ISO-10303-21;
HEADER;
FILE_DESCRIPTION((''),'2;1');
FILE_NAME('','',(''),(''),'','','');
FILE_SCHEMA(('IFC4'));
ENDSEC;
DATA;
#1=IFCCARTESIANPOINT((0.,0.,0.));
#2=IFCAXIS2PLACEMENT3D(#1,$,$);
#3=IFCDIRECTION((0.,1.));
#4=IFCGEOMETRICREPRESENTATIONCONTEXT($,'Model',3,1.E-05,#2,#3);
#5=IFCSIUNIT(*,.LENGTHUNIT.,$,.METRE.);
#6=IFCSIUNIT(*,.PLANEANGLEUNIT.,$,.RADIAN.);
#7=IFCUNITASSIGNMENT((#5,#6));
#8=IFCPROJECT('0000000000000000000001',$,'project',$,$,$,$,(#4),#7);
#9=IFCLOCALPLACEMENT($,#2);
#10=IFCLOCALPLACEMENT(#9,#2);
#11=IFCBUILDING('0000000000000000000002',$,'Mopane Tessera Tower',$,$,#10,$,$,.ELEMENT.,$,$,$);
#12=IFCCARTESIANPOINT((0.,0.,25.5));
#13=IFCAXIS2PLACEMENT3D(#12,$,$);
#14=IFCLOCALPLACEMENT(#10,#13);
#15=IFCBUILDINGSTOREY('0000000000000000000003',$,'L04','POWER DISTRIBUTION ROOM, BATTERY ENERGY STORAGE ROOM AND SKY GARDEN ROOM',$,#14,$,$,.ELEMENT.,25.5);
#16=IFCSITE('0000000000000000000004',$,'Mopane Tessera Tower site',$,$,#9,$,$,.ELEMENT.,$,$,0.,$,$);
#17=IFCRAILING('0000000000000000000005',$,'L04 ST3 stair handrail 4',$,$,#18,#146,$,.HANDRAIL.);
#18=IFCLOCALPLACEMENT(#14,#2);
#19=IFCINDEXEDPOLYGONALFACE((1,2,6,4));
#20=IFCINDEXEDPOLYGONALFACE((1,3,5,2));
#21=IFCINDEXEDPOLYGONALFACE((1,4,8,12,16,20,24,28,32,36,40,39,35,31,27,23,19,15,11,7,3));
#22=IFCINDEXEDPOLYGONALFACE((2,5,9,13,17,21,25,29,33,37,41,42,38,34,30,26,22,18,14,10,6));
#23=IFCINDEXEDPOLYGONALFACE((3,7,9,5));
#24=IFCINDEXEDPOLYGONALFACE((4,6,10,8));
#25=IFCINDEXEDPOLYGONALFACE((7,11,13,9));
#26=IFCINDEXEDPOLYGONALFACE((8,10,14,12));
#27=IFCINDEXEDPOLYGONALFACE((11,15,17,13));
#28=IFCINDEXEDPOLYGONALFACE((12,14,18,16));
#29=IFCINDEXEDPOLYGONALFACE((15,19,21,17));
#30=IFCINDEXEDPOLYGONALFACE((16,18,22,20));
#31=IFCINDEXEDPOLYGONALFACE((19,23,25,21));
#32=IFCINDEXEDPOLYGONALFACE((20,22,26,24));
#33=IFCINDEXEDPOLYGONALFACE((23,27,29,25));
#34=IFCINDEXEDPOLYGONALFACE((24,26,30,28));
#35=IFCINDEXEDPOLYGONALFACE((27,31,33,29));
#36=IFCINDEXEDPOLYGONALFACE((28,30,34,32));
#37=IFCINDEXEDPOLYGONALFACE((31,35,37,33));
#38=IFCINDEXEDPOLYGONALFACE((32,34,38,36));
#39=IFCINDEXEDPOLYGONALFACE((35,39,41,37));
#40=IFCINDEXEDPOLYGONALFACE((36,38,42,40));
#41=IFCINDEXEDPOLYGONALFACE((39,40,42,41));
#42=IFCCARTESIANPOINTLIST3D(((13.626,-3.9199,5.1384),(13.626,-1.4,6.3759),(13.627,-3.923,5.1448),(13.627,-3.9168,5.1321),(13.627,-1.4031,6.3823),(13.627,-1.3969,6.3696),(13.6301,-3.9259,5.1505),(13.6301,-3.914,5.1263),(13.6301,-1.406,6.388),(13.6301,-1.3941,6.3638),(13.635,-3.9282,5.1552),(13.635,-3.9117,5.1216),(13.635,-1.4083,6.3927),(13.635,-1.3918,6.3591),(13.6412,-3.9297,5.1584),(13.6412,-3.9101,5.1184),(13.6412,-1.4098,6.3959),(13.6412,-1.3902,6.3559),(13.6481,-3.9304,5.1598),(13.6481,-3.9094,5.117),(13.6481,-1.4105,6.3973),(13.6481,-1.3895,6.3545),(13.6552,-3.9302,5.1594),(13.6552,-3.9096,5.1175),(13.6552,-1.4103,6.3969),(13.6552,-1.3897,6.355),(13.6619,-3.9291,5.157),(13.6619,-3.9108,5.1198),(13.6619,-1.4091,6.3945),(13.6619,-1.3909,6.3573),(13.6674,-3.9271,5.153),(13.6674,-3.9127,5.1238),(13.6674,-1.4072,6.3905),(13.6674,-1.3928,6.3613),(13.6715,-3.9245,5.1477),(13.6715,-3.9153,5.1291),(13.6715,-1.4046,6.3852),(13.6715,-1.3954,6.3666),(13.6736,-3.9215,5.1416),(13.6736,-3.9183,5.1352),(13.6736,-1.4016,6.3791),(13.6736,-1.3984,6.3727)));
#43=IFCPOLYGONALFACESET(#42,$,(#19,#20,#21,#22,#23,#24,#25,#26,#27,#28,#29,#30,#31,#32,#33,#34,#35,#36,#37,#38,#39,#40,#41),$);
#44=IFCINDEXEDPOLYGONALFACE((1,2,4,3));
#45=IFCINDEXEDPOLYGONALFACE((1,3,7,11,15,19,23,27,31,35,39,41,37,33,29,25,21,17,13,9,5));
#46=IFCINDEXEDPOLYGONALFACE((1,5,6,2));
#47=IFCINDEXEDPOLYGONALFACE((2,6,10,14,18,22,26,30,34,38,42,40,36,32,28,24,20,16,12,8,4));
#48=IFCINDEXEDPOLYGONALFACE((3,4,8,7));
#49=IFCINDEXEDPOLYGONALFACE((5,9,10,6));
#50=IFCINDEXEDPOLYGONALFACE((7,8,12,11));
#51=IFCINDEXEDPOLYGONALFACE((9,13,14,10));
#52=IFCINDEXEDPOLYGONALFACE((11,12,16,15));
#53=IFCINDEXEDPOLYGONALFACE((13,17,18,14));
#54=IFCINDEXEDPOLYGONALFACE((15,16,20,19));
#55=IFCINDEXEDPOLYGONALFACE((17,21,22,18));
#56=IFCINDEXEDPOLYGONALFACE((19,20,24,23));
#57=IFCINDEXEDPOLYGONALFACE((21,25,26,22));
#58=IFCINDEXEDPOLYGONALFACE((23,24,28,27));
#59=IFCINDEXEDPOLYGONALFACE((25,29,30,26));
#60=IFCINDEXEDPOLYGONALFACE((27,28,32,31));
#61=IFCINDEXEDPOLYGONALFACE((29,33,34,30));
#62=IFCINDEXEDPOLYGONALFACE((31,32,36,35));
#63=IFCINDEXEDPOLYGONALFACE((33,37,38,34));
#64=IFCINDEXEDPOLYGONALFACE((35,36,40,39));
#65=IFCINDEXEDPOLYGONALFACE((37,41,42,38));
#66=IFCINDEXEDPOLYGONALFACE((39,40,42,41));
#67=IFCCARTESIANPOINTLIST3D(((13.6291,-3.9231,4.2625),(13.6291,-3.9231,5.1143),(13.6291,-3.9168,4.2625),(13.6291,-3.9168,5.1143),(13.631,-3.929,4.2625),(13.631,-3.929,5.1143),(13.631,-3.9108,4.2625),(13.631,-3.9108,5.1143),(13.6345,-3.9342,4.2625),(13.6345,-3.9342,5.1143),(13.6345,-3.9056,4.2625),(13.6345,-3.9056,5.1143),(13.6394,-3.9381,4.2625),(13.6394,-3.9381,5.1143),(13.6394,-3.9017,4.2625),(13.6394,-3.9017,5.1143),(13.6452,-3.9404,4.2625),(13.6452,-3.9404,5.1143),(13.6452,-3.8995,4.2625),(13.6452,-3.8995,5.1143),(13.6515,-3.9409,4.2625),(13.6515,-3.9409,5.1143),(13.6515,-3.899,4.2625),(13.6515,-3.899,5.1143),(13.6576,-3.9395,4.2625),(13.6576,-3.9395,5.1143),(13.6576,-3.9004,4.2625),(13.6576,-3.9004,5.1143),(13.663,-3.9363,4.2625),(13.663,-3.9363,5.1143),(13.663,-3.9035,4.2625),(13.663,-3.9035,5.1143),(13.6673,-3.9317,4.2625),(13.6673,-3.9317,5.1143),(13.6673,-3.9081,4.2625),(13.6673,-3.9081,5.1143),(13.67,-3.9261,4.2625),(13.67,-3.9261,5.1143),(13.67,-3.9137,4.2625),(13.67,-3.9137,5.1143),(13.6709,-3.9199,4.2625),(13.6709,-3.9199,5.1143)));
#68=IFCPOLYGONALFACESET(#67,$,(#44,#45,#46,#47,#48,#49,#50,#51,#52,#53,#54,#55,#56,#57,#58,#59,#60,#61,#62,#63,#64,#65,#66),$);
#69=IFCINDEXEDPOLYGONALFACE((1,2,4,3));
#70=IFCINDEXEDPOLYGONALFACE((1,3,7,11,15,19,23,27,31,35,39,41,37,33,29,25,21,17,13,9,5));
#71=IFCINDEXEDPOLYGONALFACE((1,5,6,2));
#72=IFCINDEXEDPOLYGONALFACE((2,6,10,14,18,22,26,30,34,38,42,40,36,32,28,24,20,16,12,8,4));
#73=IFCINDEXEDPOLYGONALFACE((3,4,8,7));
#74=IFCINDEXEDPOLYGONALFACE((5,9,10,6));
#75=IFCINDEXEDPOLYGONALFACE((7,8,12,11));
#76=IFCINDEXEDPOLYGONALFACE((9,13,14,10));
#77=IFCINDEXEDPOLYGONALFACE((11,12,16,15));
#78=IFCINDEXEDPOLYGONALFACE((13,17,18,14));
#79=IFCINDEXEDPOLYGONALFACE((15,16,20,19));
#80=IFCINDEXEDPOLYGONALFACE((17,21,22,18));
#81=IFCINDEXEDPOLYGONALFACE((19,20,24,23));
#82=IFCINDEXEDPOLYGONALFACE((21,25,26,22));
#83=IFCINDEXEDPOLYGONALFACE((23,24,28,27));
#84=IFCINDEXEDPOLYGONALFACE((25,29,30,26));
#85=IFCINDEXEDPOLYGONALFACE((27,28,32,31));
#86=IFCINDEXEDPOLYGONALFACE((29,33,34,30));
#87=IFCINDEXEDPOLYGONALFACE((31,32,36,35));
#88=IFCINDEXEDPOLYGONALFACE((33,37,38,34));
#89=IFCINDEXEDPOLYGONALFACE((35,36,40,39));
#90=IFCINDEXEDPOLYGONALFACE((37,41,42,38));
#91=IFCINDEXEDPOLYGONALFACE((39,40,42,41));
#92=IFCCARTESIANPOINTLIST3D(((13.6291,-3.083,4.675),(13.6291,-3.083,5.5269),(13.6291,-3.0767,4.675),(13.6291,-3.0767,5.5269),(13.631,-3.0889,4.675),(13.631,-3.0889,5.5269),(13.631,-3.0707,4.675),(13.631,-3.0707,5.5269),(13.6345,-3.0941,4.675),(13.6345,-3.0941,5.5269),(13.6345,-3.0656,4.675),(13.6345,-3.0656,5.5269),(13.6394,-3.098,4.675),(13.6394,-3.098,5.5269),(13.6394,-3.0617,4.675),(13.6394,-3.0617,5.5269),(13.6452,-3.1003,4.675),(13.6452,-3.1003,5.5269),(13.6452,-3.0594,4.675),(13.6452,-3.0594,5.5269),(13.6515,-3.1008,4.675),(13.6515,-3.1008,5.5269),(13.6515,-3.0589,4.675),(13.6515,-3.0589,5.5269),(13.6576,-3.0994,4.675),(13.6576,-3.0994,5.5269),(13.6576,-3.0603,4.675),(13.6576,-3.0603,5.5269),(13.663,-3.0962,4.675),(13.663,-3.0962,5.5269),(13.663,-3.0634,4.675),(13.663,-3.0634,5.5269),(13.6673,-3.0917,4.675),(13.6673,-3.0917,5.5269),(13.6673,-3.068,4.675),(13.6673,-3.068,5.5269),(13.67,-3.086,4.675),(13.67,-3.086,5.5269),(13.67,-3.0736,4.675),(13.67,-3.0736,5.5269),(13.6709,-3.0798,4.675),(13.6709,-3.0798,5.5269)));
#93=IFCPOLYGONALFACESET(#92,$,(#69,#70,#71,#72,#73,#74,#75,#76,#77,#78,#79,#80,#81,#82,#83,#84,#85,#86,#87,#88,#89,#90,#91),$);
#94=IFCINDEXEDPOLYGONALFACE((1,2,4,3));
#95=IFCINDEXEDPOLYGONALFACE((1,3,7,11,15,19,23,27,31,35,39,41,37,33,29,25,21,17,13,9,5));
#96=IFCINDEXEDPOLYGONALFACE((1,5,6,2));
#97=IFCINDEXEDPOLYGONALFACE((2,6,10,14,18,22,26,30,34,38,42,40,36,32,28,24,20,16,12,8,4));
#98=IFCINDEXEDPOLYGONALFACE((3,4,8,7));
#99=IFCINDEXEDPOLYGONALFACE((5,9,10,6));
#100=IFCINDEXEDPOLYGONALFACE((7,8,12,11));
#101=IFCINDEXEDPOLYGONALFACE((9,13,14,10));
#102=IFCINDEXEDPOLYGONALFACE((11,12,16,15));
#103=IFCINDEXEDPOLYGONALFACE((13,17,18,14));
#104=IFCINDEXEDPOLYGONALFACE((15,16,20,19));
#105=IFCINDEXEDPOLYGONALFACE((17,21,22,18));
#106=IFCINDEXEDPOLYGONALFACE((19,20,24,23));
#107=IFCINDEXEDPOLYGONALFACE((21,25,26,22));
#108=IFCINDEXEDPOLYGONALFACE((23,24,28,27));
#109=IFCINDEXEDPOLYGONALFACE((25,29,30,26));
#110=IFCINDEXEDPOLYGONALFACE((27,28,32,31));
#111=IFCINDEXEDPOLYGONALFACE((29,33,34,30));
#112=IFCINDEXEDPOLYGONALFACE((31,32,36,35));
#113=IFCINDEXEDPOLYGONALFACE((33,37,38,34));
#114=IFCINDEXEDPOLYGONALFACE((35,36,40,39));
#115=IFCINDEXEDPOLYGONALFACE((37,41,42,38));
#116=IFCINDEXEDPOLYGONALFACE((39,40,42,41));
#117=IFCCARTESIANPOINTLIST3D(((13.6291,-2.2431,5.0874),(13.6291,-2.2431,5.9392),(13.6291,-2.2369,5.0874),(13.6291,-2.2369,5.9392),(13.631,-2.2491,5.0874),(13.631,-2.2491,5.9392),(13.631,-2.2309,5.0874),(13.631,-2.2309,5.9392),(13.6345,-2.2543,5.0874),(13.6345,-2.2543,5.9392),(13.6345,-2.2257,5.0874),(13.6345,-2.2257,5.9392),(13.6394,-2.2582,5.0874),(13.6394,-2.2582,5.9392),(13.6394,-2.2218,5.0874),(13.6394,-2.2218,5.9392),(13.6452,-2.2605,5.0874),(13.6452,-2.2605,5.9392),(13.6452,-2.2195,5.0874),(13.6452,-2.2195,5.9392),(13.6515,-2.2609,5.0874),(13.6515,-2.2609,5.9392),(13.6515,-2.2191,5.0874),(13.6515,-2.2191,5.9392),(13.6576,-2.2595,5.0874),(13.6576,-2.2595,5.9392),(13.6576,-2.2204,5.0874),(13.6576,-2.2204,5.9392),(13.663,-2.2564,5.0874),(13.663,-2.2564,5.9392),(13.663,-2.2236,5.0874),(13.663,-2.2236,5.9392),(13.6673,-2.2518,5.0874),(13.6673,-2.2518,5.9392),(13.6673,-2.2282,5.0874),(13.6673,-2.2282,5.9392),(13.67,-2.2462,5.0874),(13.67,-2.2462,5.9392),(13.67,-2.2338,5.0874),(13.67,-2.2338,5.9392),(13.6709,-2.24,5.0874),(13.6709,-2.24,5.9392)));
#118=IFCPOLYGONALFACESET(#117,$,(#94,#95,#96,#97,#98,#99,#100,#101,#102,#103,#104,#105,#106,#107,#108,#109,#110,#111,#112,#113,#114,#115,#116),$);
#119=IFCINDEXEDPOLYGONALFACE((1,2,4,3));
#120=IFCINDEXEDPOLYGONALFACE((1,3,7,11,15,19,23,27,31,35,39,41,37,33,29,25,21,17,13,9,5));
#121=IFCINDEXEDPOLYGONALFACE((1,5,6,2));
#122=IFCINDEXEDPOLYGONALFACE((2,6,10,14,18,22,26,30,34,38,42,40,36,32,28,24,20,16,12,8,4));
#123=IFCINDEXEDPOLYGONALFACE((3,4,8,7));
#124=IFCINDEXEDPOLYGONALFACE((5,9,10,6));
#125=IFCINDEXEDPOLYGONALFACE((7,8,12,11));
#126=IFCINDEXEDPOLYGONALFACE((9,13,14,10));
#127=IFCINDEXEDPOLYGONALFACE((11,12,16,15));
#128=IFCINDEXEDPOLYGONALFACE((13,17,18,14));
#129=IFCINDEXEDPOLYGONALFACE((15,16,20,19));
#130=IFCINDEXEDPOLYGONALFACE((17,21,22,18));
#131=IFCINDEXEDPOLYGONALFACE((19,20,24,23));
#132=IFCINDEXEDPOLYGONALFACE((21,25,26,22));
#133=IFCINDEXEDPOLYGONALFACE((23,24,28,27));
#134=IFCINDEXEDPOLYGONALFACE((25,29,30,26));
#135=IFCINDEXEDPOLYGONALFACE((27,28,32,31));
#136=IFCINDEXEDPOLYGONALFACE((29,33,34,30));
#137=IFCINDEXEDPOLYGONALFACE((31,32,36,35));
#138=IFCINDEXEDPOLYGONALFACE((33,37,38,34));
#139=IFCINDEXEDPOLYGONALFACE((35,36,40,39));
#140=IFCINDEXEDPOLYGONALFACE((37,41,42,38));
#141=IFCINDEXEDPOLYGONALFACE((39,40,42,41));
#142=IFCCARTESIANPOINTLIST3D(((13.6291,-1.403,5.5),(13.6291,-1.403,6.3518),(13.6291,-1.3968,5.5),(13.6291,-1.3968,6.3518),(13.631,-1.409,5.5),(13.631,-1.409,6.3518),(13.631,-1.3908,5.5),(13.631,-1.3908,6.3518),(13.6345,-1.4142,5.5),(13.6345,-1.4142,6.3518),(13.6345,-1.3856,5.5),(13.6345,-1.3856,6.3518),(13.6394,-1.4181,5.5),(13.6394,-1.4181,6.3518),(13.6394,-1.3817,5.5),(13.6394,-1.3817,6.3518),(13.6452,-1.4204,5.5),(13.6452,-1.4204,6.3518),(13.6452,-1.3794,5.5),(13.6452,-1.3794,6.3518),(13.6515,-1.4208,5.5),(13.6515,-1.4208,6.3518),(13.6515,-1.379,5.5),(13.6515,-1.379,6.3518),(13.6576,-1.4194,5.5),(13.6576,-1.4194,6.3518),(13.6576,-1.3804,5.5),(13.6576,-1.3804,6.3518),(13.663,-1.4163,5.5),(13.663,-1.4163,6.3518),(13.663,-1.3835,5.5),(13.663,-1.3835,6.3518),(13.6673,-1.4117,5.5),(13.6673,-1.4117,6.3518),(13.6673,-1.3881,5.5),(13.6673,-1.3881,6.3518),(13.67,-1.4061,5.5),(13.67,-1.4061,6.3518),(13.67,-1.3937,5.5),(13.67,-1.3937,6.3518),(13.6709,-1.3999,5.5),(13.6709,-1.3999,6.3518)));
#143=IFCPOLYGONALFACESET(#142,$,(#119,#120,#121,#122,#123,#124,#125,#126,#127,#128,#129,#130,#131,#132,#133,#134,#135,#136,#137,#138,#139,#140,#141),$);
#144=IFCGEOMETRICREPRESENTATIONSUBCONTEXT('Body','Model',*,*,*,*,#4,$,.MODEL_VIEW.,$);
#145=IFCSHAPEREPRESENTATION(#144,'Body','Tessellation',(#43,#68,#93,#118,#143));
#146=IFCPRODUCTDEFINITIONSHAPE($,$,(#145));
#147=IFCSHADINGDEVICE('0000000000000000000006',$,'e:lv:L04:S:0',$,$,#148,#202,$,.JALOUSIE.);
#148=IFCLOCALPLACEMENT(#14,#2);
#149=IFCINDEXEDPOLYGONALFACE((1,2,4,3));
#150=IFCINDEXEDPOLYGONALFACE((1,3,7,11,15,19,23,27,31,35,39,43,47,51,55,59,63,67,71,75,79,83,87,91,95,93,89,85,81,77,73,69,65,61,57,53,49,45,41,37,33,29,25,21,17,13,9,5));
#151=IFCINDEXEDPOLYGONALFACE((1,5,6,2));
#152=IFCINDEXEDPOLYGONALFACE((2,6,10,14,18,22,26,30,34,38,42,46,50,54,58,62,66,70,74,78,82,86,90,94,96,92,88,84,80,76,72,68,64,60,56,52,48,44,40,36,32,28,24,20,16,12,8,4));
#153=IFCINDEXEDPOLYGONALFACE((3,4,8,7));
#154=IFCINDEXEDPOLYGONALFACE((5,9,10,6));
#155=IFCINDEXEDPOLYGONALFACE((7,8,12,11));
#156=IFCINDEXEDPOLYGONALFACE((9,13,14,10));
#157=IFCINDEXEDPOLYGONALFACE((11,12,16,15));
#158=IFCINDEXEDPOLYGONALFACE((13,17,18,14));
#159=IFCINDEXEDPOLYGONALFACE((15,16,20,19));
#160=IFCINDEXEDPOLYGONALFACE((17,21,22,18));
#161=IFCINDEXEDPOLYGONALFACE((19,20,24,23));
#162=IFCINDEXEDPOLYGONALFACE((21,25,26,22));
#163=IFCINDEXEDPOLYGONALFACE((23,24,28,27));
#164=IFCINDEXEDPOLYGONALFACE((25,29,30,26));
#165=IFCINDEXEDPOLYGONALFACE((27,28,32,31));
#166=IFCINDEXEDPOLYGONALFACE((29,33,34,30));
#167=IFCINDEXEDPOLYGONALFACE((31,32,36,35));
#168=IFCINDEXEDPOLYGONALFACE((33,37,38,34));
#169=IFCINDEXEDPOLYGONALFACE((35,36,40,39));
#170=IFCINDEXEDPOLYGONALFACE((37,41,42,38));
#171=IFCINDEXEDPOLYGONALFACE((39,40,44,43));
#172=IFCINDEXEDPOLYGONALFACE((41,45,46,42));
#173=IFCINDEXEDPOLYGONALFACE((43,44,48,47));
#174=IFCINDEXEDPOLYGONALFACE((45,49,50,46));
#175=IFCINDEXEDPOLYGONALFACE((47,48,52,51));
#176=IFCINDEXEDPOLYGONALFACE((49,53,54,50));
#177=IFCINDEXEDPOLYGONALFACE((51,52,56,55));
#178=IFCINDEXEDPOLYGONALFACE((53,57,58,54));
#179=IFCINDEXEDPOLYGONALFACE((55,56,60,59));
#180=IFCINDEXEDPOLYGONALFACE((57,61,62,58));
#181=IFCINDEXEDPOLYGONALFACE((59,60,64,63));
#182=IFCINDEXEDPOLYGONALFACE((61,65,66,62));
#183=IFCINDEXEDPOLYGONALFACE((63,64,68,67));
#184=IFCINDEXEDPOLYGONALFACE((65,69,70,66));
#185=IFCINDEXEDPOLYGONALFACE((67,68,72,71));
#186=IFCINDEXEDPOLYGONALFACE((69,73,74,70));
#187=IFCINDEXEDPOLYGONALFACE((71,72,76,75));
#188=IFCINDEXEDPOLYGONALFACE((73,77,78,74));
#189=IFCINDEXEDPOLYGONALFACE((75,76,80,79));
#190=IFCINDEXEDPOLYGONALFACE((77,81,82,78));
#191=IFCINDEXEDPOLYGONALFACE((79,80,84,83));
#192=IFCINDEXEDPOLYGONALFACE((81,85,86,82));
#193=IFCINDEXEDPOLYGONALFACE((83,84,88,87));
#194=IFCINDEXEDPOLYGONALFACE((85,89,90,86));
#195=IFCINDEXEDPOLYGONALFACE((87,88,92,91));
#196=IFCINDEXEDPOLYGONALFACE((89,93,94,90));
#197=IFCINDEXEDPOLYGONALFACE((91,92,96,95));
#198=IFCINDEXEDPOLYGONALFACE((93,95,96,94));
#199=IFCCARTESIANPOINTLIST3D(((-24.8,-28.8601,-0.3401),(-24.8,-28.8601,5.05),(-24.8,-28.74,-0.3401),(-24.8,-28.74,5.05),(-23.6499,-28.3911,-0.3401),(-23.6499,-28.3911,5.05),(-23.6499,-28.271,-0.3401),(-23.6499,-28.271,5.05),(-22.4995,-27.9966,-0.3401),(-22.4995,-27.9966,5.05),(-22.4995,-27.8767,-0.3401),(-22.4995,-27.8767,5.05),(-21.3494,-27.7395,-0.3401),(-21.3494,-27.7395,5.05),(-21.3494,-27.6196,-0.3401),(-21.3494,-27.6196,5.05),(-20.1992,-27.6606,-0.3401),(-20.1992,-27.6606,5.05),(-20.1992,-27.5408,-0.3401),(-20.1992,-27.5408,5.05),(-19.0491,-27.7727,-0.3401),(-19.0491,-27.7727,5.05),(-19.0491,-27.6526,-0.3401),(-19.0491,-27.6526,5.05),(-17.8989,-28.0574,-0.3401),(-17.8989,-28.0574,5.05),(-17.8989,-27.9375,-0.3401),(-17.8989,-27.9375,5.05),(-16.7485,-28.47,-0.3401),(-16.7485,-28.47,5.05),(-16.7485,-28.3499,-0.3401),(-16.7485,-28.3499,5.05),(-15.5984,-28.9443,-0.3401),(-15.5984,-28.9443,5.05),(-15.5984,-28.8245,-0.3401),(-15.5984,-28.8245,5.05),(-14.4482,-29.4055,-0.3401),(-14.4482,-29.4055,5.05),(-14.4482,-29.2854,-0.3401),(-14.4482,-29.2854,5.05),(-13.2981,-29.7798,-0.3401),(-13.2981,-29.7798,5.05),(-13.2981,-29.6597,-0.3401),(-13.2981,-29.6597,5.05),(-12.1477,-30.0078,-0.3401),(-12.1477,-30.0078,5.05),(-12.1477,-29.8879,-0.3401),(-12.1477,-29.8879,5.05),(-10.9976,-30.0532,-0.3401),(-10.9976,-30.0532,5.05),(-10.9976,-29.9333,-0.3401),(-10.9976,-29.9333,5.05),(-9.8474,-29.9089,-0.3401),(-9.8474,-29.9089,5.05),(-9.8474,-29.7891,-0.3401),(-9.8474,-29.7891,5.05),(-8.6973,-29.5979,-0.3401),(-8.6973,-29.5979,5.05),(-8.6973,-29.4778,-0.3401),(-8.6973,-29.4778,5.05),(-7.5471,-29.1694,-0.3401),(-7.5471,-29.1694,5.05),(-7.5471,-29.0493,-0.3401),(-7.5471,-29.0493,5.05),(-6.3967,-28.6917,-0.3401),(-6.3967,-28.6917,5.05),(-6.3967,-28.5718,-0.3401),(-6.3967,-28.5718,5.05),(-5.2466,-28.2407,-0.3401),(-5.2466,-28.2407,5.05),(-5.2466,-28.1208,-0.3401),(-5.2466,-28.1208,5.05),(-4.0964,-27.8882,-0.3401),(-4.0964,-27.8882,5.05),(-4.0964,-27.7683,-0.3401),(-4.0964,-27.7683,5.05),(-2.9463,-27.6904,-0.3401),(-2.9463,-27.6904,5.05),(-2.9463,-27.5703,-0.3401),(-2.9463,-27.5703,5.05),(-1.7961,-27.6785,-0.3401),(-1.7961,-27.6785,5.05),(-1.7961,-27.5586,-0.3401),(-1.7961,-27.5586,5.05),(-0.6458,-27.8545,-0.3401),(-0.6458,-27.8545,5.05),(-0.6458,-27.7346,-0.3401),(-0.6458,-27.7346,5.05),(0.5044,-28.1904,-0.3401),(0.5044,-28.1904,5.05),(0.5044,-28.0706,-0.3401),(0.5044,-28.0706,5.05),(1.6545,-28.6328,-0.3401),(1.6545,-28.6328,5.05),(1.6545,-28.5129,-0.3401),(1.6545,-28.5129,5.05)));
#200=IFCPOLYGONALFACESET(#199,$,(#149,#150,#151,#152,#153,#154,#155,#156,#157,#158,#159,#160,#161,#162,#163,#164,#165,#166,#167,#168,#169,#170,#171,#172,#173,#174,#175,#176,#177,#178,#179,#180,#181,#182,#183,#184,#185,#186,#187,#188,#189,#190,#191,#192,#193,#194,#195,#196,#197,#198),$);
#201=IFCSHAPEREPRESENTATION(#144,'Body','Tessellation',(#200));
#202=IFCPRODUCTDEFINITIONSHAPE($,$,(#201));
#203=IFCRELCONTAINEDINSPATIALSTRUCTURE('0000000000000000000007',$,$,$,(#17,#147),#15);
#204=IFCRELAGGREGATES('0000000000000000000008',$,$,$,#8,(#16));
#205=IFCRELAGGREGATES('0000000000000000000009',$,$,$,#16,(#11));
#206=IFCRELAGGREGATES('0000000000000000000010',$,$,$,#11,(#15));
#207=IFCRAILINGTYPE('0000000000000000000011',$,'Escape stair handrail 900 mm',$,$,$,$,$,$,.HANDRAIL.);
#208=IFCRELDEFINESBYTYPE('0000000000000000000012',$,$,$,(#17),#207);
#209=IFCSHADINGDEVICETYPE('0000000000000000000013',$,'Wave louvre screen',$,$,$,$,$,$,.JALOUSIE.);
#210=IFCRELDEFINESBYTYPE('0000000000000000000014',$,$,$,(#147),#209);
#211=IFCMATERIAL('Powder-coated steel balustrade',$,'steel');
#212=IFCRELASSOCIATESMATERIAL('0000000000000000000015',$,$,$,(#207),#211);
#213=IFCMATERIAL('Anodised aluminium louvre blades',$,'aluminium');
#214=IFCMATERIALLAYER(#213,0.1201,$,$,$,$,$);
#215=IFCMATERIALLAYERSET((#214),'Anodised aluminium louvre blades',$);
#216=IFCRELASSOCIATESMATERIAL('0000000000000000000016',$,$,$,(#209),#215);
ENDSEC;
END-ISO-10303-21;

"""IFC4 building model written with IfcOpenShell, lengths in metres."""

from ifc_helpers import new_model, si_unit, direction, frame, origin, origin_2d, place, context, subcontext, project, spatial, polyline, circle, outline, extrude, material, layer, layer_set, type_object, element, save


model = new_model("IFC4")

# Units and contexts
model_context = context("Model", 3, precision=1e-05, world=origin(), true_north=direction((0.0, 1.0)))
body_context = subcontext(model_context, "Body", "Model", "MODEL_VIEW")
ifc_project = project(units=[si_unit("LENGTHUNIT", "METRE"), si_unit("PLANEANGLEUNIT", "RADIAN")], contexts=[model_context])

# Site, building, storey
site_placement = place(None, origin())
site = spatial("IfcSite", under=ifc_project, at=site_placement, Name="Mopane Tessera Tower site", CompositionType="ELEMENT", RefElevation=0.0)
building_placement = place(site_placement, origin())
building = spatial("IfcBuilding", under=site, at=building_placement, Name="Mopane Tessera Tower", CompositionType="ELEMENT")
storey_placement = place(building_placement, frame((0.0, 0.0, 25.5)))
storey = spatial("IfcBuildingStorey", under=building, at=storey_placement, Name="L04", Description="POWER DISTRIBUTION ROOM, BATTERY ENERGY STORAGE ROOM AND SKY GARDEN ROOM", CompositionType="ELEMENT", Elevation=25.5)

# Railing
ifc_material_1 = material(Name="Powder-coated steel balustrade", Category="steel")
railing_type_1 = type_object("IfcRailingType", Name="Escape stair handrail 900 mm", PredefinedType="HANDRAIL", material=ifc_material_1)
railing_1_placement = place(storey_placement, frame((13.6499, -3.9199, 4.2625)))
element("IfcRailing", 1, at=railing_1_placement, inside=storey, type_object=railing_type_1, Name="L04 ST3 stair handrail 4", PredefinedType="HANDRAIL", context=body_context, shape_type="SweptSolid", body=[
    extrude(circle(Radius=0.0239, at=origin_2d()), frame((0.0, 0.0, 0.876), z_axis=(0.0, 0.897604, 0.440802), x_axis=(-1.0, 0.0, 0.0)), (0.0, 0.0, 1.0), 2.8074),
    extrude(circle(Radius=0.021, at=origin_2d()), origin(), (0.0, 0.0, 1.0), 0.8518),
    extrude(circle(Radius=0.021, at=origin_2d()), frame((0.0, 0.8401, 0.4126)), (0.0, 0.0, 1.0), 0.8518),
    extrude(circle(Radius=0.021, at=origin_2d()), frame((0.0, 1.6799, 0.825)), (0.0, 0.0, 1.0), 0.8518),
    extrude(circle(Radius=0.021, at=origin_2d()), frame((0.0, 2.52, 1.2375)), (0.0, 0.0, 1.0), 0.8518),
])

# Shading device
ifc_material_2 = material(Name="Anodised aluminium louvre blades", Category="aluminium")
ifc_layer_1 = layer(ifc_material_2, 0.1201)
ifc_layer_set_1 = layer_set([ifc_layer_1], Name="Anodised aluminium louvre blades")
shading_device_type = type_object("IfcShadingDeviceType", Name="Wave louvre screen", PredefinedType="JALOUSIE", material=ifc_layer_set_1)
shading_device_1_placement = place(storey_placement, frame((0.0, 0.0, -0.3401)))
element("IfcShadingDevice", 2, at=shading_device_1_placement, inside=storey, type_object=shading_device_type, Name="e:lv:L04:S:0", PredefinedType="JALOUSIE", context=body_context, shape_type="SweptSolid", body=[
    extrude(outline(polyline([(-24.8, -28.74), (-23.6499, -28.271), (-22.4995, -27.8767), (-21.3494, -27.6196), (-20.1992, -27.5408), (-19.0491, -27.6526), (-17.8989, -27.9375), (-16.7485, -28.3499), (-15.5984, -28.8245), (-14.4482, -29.2854), (-13.2981, -29.6597), (-12.1477, -29.8879), (-10.9976, -29.9333), (-9.8474, -29.7891), (-8.6973, -29.4778), (-7.5471, -29.0493), (-6.3967, -28.5718), (-5.2466, -28.1208), (-4.0964, -27.7683), (-2.9463, -27.5703), (-1.7961, -27.5586), (-0.6458, -27.7346), (0.5044, -28.0706), (1.6545, -28.5129), (1.6545, -28.6328), (0.5044, -28.1904), (-0.6458, -27.8545), (-1.7961, -27.6785), (-2.9463, -27.6904), (-4.0964, -27.8882), (-5.2466, -28.2407), (-6.3967, -28.6917), (-7.5471, -29.1694), (-8.6973, -29.5979), (-9.8474, -29.9089), (-10.9976, -30.0532), (-12.1477, -30.0078), (-13.2981, -29.7798), (-14.4482, -29.4055), (-15.5984, -28.9443), (-16.7485, -28.47), (-17.8989, -28.0574), (-19.0491, -27.7727), (-20.1992, -27.6606), (-21.3494, -27.7395), (-22.4995, -27.9966), (-23.6499, -28.3911), (-24.8, -28.8601), (-24.8, -28.74)])), origin(), (0.0, 0.0, 1.0), 5.3901),
])

save(model, "model.ifc")
